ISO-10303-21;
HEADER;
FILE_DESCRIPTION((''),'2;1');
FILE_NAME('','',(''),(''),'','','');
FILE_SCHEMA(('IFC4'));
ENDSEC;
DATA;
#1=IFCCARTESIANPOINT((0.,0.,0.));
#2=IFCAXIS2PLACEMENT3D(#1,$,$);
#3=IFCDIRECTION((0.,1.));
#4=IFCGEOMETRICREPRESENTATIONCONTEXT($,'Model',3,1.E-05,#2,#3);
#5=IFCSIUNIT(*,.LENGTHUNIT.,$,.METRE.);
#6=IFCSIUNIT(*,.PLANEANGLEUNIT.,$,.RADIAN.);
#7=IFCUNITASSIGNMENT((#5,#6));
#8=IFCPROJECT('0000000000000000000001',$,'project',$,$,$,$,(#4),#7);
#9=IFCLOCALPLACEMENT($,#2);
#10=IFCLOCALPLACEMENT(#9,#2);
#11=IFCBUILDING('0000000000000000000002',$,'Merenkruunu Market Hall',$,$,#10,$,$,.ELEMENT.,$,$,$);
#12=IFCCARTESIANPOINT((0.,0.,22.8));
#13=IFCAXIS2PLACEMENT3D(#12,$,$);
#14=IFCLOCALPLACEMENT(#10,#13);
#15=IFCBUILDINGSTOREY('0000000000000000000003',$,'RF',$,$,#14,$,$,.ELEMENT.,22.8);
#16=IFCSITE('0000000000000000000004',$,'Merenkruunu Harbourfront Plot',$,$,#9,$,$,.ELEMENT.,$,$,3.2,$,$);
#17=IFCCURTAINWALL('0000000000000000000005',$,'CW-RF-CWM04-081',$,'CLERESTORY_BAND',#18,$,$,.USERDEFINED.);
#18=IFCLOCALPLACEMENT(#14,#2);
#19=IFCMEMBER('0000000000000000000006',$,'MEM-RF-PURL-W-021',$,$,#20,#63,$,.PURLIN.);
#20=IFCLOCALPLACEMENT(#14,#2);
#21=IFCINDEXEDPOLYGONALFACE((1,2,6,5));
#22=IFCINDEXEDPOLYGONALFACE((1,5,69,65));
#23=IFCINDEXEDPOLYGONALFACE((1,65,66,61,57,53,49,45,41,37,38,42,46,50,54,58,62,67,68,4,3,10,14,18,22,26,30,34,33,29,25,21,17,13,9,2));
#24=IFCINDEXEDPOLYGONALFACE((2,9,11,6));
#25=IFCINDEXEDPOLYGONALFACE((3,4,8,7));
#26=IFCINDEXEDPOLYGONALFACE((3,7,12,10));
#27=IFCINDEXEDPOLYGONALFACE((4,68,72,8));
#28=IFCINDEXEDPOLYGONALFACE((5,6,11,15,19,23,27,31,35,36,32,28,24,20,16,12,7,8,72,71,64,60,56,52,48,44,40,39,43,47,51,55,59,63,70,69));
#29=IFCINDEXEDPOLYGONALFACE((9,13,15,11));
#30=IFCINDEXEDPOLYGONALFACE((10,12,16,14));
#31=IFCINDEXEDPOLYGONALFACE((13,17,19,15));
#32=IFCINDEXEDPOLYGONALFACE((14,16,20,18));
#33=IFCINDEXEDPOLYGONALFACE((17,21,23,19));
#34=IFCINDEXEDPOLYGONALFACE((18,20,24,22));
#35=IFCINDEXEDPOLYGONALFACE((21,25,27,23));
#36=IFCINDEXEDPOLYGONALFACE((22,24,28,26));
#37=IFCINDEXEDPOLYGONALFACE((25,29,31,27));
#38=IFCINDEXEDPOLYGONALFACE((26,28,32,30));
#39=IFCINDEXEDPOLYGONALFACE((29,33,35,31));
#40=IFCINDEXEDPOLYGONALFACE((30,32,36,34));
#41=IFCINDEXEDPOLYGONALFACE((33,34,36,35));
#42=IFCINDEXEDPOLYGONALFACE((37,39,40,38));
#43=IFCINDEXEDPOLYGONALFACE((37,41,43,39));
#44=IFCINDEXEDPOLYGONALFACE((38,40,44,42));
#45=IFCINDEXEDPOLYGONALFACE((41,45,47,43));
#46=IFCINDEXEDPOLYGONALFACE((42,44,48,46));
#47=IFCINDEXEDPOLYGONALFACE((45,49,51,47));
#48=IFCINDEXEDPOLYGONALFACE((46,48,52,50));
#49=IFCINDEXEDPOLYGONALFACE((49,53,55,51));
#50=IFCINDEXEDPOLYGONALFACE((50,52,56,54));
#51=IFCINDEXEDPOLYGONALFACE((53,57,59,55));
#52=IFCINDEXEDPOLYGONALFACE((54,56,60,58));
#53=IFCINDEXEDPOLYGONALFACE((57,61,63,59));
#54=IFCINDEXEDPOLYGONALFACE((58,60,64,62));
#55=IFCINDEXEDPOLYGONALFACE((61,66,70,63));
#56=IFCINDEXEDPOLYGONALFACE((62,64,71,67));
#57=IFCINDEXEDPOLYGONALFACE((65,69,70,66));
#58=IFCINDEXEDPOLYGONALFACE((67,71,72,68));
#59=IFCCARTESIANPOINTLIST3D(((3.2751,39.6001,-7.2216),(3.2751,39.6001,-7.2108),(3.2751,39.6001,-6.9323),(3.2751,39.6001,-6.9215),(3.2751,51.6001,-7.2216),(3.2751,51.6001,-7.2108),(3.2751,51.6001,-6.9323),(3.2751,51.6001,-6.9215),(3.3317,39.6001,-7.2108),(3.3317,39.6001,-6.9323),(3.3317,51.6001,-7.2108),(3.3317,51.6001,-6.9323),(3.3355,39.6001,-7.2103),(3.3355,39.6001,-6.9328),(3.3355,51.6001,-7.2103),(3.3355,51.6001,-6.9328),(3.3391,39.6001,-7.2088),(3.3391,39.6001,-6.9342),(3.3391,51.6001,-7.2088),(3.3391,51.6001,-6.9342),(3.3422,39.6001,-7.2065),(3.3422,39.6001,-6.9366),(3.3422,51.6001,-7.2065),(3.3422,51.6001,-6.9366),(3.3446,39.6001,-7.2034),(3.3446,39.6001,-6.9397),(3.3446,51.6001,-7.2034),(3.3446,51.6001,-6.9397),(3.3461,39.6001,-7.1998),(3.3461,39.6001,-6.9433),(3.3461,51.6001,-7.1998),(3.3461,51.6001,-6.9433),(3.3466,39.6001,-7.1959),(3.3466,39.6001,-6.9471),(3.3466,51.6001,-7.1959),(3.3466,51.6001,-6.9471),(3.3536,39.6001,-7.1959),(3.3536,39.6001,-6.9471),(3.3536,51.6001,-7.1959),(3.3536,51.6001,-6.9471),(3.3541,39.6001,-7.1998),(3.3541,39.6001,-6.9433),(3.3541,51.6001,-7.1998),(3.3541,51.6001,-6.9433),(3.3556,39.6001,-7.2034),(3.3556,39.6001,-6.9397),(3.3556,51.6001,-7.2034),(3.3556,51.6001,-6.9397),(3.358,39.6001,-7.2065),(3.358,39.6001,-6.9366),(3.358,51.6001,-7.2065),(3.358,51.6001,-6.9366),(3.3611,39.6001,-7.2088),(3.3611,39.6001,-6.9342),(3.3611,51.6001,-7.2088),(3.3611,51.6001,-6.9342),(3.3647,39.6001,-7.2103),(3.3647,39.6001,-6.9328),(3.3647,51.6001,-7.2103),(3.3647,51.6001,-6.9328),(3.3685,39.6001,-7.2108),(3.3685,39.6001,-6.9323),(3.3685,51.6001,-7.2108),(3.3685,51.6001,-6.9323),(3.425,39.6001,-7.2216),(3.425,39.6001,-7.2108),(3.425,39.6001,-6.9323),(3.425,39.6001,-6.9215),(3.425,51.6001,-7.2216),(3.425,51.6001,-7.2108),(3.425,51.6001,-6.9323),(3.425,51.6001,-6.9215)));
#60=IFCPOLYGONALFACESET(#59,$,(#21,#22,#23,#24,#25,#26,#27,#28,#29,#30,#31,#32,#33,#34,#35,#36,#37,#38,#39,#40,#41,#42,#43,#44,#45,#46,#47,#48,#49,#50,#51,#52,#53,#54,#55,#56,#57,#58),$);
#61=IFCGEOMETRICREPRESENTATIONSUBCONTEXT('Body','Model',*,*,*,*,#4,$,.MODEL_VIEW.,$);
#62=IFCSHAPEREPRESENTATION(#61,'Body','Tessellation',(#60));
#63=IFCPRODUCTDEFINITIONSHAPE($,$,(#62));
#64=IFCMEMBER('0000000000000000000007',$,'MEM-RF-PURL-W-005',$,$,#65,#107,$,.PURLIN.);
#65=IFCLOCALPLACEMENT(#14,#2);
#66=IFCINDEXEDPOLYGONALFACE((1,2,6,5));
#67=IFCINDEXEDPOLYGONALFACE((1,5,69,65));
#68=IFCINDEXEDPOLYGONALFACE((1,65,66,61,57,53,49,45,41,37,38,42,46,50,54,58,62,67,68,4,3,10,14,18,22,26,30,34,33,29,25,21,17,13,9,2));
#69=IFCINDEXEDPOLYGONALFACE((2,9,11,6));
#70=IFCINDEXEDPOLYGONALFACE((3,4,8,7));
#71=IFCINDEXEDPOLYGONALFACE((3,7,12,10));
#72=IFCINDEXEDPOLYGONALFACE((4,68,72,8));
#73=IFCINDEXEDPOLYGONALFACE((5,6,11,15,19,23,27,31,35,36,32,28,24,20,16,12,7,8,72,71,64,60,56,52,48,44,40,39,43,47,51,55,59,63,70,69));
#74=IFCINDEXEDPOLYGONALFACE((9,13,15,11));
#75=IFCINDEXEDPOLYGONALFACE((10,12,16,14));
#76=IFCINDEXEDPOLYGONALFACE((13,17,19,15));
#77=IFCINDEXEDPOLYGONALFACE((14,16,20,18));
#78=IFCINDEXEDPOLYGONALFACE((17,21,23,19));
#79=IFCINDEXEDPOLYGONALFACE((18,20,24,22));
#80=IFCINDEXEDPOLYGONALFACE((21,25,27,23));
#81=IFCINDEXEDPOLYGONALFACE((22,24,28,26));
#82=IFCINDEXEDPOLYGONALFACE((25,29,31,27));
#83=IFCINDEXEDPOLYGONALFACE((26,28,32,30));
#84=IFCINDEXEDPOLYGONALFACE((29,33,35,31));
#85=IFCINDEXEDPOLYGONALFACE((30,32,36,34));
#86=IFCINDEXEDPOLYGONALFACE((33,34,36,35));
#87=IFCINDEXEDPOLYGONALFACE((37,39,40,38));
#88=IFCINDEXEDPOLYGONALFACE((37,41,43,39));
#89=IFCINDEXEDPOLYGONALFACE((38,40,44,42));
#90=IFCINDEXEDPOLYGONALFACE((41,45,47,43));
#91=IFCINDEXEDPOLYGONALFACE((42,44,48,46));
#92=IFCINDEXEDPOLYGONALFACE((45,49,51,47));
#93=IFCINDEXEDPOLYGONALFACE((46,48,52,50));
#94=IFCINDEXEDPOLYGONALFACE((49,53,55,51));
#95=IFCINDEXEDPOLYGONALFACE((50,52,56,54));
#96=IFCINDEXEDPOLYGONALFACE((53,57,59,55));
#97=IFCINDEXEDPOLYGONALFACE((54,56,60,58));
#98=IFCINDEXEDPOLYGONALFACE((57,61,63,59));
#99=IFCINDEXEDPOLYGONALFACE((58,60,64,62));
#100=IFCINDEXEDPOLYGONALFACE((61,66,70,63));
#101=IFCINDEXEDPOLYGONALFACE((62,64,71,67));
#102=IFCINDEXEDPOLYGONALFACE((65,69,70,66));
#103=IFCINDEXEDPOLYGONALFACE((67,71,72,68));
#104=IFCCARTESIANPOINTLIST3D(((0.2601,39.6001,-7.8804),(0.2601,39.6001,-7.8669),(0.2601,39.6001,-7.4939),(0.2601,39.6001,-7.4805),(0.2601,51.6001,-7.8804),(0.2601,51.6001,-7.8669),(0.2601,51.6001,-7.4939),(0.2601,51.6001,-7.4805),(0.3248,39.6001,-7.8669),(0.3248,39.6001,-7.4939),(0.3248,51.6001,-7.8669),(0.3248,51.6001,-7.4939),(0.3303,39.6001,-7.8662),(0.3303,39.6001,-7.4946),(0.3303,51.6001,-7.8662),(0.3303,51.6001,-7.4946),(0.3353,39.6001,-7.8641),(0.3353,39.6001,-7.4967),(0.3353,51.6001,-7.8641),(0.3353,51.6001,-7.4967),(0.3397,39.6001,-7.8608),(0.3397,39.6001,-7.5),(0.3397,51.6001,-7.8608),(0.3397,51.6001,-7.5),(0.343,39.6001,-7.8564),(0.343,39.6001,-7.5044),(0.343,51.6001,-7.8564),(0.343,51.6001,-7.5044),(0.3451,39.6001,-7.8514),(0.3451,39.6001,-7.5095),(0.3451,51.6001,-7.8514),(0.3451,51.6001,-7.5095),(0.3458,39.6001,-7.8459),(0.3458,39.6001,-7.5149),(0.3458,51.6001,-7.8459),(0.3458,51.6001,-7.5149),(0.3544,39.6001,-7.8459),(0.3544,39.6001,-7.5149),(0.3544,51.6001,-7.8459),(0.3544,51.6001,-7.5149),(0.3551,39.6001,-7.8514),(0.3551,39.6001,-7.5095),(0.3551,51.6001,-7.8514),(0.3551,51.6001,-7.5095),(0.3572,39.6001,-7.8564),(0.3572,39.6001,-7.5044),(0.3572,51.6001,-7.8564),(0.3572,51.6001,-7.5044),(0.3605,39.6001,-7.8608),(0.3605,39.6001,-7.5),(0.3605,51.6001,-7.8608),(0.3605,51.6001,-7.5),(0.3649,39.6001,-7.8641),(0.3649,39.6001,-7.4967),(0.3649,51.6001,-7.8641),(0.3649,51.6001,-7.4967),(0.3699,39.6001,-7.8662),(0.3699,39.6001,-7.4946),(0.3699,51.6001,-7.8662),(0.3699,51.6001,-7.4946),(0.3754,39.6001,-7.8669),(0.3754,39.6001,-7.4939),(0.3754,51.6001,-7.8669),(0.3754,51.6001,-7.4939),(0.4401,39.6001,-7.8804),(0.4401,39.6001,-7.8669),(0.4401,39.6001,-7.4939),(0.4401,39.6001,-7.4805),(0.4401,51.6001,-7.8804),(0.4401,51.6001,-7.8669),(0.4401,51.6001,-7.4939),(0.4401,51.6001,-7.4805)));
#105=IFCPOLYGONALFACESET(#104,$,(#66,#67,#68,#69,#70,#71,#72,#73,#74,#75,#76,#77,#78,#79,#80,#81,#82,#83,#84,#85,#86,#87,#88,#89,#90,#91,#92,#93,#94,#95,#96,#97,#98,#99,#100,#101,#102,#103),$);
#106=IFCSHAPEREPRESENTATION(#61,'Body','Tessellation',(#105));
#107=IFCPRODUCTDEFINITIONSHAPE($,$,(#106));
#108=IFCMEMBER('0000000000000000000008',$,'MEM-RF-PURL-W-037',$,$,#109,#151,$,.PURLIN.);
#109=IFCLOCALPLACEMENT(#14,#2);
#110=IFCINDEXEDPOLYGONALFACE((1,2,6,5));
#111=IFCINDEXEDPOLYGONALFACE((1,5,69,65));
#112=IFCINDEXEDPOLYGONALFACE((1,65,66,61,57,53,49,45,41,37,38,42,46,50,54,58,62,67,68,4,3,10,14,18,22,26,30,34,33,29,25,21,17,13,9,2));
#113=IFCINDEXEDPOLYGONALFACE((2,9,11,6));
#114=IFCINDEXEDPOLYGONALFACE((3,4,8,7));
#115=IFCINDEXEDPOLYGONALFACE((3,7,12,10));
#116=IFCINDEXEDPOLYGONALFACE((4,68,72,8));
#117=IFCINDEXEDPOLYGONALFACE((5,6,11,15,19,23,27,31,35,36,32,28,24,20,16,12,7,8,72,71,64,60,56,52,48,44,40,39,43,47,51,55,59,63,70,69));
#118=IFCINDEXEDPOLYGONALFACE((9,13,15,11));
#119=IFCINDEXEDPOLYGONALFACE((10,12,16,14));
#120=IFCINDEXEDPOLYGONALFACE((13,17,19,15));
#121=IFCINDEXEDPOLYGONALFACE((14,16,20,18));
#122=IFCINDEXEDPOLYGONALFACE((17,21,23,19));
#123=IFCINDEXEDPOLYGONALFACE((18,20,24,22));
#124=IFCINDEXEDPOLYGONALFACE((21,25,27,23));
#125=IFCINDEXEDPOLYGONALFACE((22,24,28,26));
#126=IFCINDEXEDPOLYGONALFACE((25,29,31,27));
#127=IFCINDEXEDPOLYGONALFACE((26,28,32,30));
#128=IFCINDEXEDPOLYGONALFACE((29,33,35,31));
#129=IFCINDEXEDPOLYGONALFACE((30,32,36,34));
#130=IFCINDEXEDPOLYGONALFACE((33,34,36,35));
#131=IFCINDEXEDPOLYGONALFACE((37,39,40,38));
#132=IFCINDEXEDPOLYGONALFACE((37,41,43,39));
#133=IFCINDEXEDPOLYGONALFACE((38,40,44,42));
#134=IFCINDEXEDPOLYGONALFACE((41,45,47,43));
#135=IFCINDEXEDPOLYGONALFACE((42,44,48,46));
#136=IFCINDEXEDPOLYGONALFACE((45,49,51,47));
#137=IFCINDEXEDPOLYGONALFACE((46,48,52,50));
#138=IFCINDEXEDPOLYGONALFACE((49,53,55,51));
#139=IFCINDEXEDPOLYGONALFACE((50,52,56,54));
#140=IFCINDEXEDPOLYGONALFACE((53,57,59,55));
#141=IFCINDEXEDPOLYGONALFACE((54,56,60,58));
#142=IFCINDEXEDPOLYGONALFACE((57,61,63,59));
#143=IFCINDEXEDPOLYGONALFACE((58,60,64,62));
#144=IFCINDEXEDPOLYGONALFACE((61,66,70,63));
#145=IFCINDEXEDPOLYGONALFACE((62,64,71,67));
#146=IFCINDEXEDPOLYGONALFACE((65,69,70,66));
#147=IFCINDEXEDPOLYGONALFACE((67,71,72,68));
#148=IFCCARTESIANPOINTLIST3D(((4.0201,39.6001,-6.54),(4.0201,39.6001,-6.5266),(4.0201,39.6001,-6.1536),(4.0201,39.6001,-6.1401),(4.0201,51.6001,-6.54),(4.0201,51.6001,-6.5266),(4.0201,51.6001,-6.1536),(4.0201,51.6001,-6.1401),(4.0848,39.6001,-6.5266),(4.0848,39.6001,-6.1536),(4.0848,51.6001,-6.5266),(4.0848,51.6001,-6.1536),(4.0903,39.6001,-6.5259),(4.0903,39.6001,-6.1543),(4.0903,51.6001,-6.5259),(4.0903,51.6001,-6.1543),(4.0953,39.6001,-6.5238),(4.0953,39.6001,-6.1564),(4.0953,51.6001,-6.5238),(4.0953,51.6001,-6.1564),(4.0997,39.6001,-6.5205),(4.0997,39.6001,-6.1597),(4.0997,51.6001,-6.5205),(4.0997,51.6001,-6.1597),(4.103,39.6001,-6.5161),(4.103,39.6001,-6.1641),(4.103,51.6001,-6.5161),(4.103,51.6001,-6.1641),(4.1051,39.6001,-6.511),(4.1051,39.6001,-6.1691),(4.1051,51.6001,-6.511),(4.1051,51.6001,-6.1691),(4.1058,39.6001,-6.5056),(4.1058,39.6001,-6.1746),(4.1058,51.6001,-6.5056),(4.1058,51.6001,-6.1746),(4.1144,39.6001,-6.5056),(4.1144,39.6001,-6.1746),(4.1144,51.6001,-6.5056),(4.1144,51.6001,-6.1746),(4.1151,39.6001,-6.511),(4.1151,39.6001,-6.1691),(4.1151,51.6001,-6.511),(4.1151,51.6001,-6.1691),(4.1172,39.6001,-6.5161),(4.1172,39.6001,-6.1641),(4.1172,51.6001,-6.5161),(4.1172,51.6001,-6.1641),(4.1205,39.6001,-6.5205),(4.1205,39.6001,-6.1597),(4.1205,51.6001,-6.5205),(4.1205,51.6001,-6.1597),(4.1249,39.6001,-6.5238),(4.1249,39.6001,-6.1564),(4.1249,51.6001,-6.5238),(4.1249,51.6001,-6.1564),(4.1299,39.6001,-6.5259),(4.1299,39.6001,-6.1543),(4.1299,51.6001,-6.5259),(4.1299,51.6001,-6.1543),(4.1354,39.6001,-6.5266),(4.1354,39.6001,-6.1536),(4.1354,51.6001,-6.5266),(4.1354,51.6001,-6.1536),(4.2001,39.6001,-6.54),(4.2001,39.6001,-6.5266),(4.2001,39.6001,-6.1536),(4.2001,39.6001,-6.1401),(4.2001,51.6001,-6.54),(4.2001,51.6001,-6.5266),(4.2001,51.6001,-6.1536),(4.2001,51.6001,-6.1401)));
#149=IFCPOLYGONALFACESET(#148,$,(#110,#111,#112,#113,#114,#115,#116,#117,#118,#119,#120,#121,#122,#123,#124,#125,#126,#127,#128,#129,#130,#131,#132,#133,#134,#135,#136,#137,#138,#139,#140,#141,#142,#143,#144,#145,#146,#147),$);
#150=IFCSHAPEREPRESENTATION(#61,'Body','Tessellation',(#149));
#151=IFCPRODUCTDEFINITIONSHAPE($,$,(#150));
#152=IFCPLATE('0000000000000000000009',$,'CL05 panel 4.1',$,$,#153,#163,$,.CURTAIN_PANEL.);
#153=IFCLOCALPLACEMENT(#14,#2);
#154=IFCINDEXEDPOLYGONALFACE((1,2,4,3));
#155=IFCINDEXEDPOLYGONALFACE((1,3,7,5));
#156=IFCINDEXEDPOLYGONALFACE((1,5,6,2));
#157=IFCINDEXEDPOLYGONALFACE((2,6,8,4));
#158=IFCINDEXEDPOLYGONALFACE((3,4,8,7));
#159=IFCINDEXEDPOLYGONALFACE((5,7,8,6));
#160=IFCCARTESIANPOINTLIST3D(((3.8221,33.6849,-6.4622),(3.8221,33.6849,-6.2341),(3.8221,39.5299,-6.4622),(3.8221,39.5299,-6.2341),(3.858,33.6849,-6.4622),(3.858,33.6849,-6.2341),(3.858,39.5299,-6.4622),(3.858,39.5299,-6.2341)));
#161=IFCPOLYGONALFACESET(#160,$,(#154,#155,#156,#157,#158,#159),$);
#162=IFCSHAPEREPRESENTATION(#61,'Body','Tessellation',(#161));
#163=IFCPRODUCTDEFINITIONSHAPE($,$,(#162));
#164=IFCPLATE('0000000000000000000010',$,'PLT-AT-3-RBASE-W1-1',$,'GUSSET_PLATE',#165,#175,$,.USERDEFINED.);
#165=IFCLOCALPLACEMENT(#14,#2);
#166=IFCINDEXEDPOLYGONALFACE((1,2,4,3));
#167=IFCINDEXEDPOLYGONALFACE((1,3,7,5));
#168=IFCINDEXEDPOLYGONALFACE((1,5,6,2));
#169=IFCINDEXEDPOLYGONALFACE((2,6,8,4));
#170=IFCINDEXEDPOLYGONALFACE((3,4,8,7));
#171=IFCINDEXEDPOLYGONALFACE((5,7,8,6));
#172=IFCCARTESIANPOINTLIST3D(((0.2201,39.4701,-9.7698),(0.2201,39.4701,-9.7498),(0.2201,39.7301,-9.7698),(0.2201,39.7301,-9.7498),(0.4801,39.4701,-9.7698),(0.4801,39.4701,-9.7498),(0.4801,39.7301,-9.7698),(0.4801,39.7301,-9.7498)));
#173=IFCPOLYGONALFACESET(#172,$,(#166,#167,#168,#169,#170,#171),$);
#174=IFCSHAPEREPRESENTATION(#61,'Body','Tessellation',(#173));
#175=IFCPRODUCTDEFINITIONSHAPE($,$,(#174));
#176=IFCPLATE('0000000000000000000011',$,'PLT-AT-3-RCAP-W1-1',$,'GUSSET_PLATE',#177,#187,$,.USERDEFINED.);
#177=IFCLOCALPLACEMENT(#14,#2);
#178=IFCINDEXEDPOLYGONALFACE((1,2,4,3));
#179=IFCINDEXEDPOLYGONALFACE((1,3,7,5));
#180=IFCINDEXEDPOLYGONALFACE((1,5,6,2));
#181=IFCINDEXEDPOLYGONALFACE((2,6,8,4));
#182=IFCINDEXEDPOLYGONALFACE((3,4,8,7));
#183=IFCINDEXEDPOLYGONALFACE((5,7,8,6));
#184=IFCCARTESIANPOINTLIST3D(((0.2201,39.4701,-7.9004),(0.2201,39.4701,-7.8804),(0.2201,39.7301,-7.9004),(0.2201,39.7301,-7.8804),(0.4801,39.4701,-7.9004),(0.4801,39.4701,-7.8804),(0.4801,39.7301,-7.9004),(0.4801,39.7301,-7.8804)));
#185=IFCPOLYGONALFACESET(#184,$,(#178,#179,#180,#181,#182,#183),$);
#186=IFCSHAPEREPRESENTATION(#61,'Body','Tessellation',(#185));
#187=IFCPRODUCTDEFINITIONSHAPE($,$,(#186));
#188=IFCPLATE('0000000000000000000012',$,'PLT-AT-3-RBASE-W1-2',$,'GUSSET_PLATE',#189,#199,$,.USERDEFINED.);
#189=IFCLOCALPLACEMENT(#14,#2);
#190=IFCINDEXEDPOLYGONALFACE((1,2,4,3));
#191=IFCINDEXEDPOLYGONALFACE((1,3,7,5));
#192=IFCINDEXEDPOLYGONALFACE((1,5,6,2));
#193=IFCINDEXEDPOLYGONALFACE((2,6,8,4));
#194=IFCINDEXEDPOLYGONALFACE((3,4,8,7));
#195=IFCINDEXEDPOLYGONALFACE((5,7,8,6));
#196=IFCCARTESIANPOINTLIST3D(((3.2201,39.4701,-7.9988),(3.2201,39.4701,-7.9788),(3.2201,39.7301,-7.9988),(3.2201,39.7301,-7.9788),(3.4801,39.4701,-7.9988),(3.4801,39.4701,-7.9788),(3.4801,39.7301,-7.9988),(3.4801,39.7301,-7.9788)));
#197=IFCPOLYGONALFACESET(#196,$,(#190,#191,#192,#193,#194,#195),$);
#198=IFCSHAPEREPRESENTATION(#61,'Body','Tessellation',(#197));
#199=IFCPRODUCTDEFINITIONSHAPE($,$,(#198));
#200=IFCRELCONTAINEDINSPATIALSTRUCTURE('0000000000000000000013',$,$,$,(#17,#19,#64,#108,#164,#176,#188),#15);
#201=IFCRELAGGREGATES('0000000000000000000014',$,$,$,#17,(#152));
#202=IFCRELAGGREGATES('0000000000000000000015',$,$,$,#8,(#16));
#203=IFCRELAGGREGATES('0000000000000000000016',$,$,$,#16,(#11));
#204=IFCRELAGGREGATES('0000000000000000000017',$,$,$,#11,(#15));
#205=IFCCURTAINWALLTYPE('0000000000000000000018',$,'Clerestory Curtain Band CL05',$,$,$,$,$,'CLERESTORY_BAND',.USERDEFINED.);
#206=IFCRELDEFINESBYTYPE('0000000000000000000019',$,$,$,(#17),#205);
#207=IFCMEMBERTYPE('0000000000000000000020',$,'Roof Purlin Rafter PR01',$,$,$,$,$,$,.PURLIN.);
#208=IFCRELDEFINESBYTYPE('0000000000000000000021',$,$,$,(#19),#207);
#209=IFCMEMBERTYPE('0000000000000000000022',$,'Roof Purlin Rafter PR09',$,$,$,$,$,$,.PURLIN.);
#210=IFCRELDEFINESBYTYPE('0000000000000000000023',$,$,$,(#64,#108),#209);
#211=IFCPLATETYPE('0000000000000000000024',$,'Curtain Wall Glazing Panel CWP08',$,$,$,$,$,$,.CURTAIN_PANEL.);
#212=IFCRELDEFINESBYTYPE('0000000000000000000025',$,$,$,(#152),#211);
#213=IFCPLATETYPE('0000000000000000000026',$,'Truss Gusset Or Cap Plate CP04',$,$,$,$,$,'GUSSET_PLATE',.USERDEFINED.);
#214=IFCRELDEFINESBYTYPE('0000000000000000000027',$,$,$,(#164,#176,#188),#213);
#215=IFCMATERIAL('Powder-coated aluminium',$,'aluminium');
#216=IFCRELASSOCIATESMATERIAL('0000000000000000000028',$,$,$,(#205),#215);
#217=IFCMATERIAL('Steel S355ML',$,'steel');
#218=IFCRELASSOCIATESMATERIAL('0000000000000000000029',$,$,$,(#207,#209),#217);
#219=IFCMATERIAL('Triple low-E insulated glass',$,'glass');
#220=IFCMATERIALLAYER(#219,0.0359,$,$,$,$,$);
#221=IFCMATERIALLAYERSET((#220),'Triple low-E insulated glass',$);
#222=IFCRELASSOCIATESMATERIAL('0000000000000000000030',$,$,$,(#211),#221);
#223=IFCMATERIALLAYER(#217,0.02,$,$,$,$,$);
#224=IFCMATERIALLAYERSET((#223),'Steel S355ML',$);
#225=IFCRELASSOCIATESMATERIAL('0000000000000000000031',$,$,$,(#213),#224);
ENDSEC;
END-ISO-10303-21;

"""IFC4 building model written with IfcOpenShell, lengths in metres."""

from ifc_helpers import new_model, si_unit, direction, frame, origin, origin_2d, place, context, subcontext, project, spatial, rectangle, i_section, extrude, material, layer, layer_set, material_profile, profile_set, type_object, element, aggregate, save


model = new_model("IFC4")

# Units and contexts
model_context = context("Model", 3, precision=1e-05, world=origin(), true_north=direction((0.0, 1.0)))
body_context = subcontext(model_context, "Body", "Model", "MODEL_VIEW")
ifc_project = project(units=[si_unit("LENGTHUNIT", "METRE"), si_unit("PLANEANGLEUNIT", "RADIAN")], contexts=[model_context])

# Site, building, storey
site_placement = place(None, origin())
site = spatial("IfcSite", under=ifc_project, at=site_placement, Name="Merenkruunu Harbourfront Plot", CompositionType="ELEMENT", RefElevation=3.2)
building_placement = place(site_placement, origin())
building = spatial("IfcBuilding", under=site, at=building_placement, Name="Merenkruunu Market Hall", CompositionType="ELEMENT")
storey_placement = place(building_placement, frame((0.0, 0.0, 22.8)))
storey = spatial("IfcBuildingStorey", under=building, at=storey_placement, Name="RF", CompositionType="ELEMENT", Elevation=22.8)

# Shared definitions
ifc_material_1 = material(Name="Steel S355ML", Category="steel")

# Curtain wall
ifc_material_2 = material(Name="Powder-coated aluminium", Category="aluminium")
curtain_wall_type = type_object("IfcCurtainWallType", Name="Clerestory Curtain Band CL05", ElementType="CLERESTORY_BAND", PredefinedType="USERDEFINED", material=ifc_material_2)
curtain_wall_placement = place(storey_placement, origin())
curtain_wall = element("IfcCurtainWall", 1, at=curtain_wall_placement, inside=storey, type_object=curtain_wall_type, Name="CW-RF-CWM04-081", ObjectType="CLERESTORY_BAND", PredefinedType="USERDEFINED")

# Members
ifc_material_profile_1 = material_profile(ifc_material_1, i_section(OverallWidth=0.1499, OverallDepth=0.3, WebThickness=0.0071, FlangeThickness=0.0107, FilletRadius=0.0149, at=origin_2d()), Name="IPE 300")
ifc_profile_set_1 = profile_set([ifc_material_profile_1], Name="Steel S355ML")
member_type_1 = type_object("IfcMemberType", Name="Roof Purlin Rafter PR01", PredefinedType="PURLIN", material=ifc_profile_set_1)
member_1_placement = place(storey_placement, frame((3.3501, 39.6001, -7.0715), z_axis=(0.0, 1.0, 0.0), x_axis=(-1.0, 0.0, 0.0)))
element("IfcMember", 2, at=member_1_placement, inside=storey, type_object=member_type_1, Name="MEM-RF-PURL-W-021", PredefinedType="PURLIN", context=body_context, shape_type="SweptSolid", body=[
    extrude(i_section(OverallWidth=0.1499, OverallDepth=0.3, WebThickness=0.0071, FlangeThickness=0.0107, FilletRadius=0.0149, at=origin_2d()), origin(), (0.0, 0.0, 1.0), 12.0),
])
ifc_material_profile_2 = material_profile(ifc_material_1, i_section(OverallWidth=0.1799, OverallDepth=0.3999, WebThickness=0.0085, FlangeThickness=0.0134, FilletRadius=0.021, at=origin_2d()), Name="IPE 400")
ifc_profile_set_2 = profile_set([ifc_material_profile_2], Name="Steel S355ML")
member_type_2 = type_object("IfcMemberType", Name="Roof Purlin Rafter PR09", PredefinedType="PURLIN", material=ifc_profile_set_2)
for number, where, z_axis, x_axis, name in (
    (3, (0.3501, 39.6001, -7.6804), (0.0, 1.0, 0.0), (-1.0, 0.0, 0.0), "MEM-RF-PURL-W-005"),
    (4, (4.1101, 39.6001, -6.3401), (0.0, 1.0, 0.0), (-1.0, 0.0, 0.0), "MEM-RF-PURL-W-037"),
):
    element("IfcMember", number, at=place(storey_placement, frame(where, z_axis=z_axis, x_axis=x_axis)), inside=storey, type_object=member_type_2, Name=name, PredefinedType="PURLIN", context=body_context, shape_type="SweptSolid", body=[
        extrude(i_section(OverallWidth=0.1799, OverallDepth=0.3999, WebThickness=0.0085, FlangeThickness=0.0134, FilletRadius=0.021, at=origin_2d()), origin(), (0.0, 0.0, 1.0), 12.0),
    ])

# Plate
ifc_material_3 = material(Name="Triple low-E insulated glass", Category="glass")
ifc_layer_1 = layer(ifc_material_3, 0.0359)
ifc_layer_set_1 = layer_set([ifc_layer_1], Name="Triple low-E insulated glass")
plate_type_1 = type_object("IfcPlateType", Name="Curtain Wall Glazing Panel CWP08", PredefinedType="CURTAIN_PANEL", material=ifc_layer_set_1)
plate_1_placement = place(storey_placement, frame((3.8401, 36.6074, -6.4622), z_axis=(0.0, 0.0, 1.0), x_axis=(0.0, 1.0, 0.0)))
plate_1 = element("IfcPlate", 5, at=plate_1_placement, type_object=plate_type_1, Name="CL05 panel 4.1", PredefinedType="CURTAIN_PANEL", context=body_context, shape_type="SweptSolid", body=[
    extrude(rectangle(XDim=5.845, YDim=0.0359, at=origin_2d()), origin(), (0.0, 0.0, 1.0), 0.228),
])
aggregate(curtain_wall, [plate_1])

# Plates
ifc_layer_2 = layer(ifc_material_1, 0.02)
ifc_layer_set_2 = layer_set([ifc_layer_2], Name="Steel S355ML")
plate_type_2 = type_object("IfcPlateType", Name="Truss Gusset Or Cap Plate CP04", ElementType="GUSSET_PLATE", PredefinedType="USERDEFINED", material=ifc_layer_set_2)
for number, where, z_axis, x_axis, name in (
    (6, (0.3501, 39.6001, -9.7698), (0.0, 0.0, 1.0), (1.0, 0.0, 0.0), "PLT-AT-3-RBASE-W1-1"),
    (7, (0.3501, 39.6001, -7.9004), (0.0, 0.0, 1.0), (1.0, 0.0, 0.0), "PLT-AT-3-RCAP-W1-1"),
    (8, (3.3501, 39.6001, -7.9988), (0.0, 0.0, 1.0), (1.0, 0.0, 0.0), "PLT-AT-3-RBASE-W1-2"),
):
    element("IfcPlate", number, at=place(storey_placement, frame(where, z_axis=z_axis, x_axis=x_axis)), inside=storey, type_object=plate_type_2, Name=name, ObjectType="GUSSET_PLATE", PredefinedType="USERDEFINED", context=body_context, shape_type="SweptSolid", body=[
        extrude(rectangle(XDim=0.26, YDim=0.26, at=origin_2d()), origin(), (0.0, 0.0, 1.0), 0.02),
    ])

save(model, "model.ifc")
